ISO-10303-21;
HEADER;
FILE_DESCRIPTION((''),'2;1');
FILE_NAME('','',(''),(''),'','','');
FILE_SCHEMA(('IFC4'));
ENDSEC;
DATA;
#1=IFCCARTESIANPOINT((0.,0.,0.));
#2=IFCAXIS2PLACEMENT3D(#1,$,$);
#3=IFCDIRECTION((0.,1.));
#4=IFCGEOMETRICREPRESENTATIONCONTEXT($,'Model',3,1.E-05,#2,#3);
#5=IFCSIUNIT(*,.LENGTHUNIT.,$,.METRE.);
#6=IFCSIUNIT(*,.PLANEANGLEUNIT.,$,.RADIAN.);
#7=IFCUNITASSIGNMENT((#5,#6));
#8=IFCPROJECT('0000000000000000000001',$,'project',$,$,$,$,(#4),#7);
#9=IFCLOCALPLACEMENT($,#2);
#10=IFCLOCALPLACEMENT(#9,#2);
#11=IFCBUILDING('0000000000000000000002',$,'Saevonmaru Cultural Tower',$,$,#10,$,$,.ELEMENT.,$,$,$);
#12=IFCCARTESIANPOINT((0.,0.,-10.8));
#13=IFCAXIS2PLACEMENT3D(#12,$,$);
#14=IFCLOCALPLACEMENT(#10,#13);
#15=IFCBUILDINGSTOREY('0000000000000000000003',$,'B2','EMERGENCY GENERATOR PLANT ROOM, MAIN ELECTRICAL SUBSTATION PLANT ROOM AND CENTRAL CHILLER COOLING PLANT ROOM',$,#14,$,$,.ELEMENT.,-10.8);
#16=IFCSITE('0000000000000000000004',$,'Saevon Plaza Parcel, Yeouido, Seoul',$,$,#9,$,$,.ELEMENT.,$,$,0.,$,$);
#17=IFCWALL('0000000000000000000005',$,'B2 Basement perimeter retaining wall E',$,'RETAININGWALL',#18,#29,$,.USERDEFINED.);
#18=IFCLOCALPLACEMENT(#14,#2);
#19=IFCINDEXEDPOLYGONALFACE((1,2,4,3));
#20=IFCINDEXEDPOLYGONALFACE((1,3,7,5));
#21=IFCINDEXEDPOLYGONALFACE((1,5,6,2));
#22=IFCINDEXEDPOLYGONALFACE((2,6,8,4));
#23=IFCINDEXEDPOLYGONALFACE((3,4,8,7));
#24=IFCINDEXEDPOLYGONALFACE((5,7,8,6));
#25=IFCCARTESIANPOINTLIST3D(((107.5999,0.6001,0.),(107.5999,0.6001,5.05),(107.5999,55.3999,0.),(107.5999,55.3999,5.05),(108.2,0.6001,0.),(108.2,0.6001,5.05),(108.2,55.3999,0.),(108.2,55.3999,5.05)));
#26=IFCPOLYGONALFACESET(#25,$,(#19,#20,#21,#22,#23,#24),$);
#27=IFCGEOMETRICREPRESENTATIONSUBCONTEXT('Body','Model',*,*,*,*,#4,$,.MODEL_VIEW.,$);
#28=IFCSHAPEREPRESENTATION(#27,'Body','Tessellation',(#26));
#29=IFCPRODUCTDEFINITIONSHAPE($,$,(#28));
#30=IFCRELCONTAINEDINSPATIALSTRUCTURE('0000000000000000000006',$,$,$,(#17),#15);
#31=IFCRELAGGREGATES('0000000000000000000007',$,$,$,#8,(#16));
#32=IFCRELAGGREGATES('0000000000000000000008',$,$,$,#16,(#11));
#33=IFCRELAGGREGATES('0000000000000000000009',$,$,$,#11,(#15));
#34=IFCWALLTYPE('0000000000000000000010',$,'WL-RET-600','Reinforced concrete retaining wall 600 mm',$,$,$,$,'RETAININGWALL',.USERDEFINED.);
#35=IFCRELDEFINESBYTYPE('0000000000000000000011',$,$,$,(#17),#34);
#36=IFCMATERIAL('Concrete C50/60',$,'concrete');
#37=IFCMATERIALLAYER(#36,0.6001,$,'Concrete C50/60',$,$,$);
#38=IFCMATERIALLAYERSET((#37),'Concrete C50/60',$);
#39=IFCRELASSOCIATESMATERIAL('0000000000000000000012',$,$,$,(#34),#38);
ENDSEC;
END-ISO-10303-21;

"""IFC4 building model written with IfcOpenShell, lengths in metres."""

from ifc_helpers import new_model, si_unit, direction, frame, frame_2d, origin, place, context, subcontext, project, spatial, rectangle, extrude, material, layer, layer_set, type_object, element, save


model = new_model("IFC4")

# Units and contexts
model_context = context("Model", 3, precision=1e-05, world=origin(), true_north=direction((0.0, 1.0)))
body_context = subcontext(model_context, "Body", "Model", "MODEL_VIEW")
ifc_project = project(units=[si_unit("LENGTHUNIT", "METRE"), si_unit("PLANEANGLEUNIT", "RADIAN")], contexts=[model_context])

# Site, building, storey
site_placement = place(None, origin())
site = spatial("IfcSite", under=ifc_project, at=site_placement, Name="Saevon Plaza Parcel, Yeouido, Seoul", CompositionType="ELEMENT", RefElevation=0.0)
building_placement = place(site_placement, origin())
building = spatial("IfcBuilding", under=site, at=building_placement, Name="Saevonmaru Cultural Tower", CompositionType="ELEMENT")
storey_placement = place(building_placement, frame((0.0, 0.0, -10.8)))
storey = spatial("IfcBuildingStorey", under=building, at=storey_placement, Name="B2", Description="EMERGENCY GENERATOR PLANT ROOM, MAIN ELECTRICAL SUBSTATION PLANT ROOM AND CENTRAL CHILLER COOLING PLANT ROOM", CompositionType="ELEMENT", Elevation=-10.8)

# Shared definitions
ifc_material_1 = material(Name="Concrete C50/60", Category="concrete")

# Wall
ifc_layer_1 = layer(ifc_material_1, 0.6001, Name="Concrete C50/60")
ifc_layer_set_1 = layer_set([ifc_layer_1], Name="Concrete C50/60")
wall_type = type_object("IfcWallType", Name="WL-RET-600", Description="Reinforced concrete retaining wall 600 mm", ElementType="RETAININGWALL", PredefinedType="USERDEFINED", material=ifc_layer_set_1)
wall_placement = place(storey_placement, frame((107.8999, 0.6001, 0.0), z_axis=(0.0, 0.0, 1.0), x_axis=(0.0, 1.0, 0.0)))
element("IfcWall", 1, at=wall_placement, inside=storey, type_object=wall_type, Name="B2 Basement perimeter retaining wall E", ObjectType="RETAININGWALL", PredefinedType="USERDEFINED", context=body_context, shape_type="SweptSolid", body=[
    extrude(rectangle(XDim=54.7998, YDim=0.6001, at=frame_2d((27.3999, 0.0))), origin(), (0.0, 0.0, 1.0), 5.05),
])

save(model, "model.ifc")
